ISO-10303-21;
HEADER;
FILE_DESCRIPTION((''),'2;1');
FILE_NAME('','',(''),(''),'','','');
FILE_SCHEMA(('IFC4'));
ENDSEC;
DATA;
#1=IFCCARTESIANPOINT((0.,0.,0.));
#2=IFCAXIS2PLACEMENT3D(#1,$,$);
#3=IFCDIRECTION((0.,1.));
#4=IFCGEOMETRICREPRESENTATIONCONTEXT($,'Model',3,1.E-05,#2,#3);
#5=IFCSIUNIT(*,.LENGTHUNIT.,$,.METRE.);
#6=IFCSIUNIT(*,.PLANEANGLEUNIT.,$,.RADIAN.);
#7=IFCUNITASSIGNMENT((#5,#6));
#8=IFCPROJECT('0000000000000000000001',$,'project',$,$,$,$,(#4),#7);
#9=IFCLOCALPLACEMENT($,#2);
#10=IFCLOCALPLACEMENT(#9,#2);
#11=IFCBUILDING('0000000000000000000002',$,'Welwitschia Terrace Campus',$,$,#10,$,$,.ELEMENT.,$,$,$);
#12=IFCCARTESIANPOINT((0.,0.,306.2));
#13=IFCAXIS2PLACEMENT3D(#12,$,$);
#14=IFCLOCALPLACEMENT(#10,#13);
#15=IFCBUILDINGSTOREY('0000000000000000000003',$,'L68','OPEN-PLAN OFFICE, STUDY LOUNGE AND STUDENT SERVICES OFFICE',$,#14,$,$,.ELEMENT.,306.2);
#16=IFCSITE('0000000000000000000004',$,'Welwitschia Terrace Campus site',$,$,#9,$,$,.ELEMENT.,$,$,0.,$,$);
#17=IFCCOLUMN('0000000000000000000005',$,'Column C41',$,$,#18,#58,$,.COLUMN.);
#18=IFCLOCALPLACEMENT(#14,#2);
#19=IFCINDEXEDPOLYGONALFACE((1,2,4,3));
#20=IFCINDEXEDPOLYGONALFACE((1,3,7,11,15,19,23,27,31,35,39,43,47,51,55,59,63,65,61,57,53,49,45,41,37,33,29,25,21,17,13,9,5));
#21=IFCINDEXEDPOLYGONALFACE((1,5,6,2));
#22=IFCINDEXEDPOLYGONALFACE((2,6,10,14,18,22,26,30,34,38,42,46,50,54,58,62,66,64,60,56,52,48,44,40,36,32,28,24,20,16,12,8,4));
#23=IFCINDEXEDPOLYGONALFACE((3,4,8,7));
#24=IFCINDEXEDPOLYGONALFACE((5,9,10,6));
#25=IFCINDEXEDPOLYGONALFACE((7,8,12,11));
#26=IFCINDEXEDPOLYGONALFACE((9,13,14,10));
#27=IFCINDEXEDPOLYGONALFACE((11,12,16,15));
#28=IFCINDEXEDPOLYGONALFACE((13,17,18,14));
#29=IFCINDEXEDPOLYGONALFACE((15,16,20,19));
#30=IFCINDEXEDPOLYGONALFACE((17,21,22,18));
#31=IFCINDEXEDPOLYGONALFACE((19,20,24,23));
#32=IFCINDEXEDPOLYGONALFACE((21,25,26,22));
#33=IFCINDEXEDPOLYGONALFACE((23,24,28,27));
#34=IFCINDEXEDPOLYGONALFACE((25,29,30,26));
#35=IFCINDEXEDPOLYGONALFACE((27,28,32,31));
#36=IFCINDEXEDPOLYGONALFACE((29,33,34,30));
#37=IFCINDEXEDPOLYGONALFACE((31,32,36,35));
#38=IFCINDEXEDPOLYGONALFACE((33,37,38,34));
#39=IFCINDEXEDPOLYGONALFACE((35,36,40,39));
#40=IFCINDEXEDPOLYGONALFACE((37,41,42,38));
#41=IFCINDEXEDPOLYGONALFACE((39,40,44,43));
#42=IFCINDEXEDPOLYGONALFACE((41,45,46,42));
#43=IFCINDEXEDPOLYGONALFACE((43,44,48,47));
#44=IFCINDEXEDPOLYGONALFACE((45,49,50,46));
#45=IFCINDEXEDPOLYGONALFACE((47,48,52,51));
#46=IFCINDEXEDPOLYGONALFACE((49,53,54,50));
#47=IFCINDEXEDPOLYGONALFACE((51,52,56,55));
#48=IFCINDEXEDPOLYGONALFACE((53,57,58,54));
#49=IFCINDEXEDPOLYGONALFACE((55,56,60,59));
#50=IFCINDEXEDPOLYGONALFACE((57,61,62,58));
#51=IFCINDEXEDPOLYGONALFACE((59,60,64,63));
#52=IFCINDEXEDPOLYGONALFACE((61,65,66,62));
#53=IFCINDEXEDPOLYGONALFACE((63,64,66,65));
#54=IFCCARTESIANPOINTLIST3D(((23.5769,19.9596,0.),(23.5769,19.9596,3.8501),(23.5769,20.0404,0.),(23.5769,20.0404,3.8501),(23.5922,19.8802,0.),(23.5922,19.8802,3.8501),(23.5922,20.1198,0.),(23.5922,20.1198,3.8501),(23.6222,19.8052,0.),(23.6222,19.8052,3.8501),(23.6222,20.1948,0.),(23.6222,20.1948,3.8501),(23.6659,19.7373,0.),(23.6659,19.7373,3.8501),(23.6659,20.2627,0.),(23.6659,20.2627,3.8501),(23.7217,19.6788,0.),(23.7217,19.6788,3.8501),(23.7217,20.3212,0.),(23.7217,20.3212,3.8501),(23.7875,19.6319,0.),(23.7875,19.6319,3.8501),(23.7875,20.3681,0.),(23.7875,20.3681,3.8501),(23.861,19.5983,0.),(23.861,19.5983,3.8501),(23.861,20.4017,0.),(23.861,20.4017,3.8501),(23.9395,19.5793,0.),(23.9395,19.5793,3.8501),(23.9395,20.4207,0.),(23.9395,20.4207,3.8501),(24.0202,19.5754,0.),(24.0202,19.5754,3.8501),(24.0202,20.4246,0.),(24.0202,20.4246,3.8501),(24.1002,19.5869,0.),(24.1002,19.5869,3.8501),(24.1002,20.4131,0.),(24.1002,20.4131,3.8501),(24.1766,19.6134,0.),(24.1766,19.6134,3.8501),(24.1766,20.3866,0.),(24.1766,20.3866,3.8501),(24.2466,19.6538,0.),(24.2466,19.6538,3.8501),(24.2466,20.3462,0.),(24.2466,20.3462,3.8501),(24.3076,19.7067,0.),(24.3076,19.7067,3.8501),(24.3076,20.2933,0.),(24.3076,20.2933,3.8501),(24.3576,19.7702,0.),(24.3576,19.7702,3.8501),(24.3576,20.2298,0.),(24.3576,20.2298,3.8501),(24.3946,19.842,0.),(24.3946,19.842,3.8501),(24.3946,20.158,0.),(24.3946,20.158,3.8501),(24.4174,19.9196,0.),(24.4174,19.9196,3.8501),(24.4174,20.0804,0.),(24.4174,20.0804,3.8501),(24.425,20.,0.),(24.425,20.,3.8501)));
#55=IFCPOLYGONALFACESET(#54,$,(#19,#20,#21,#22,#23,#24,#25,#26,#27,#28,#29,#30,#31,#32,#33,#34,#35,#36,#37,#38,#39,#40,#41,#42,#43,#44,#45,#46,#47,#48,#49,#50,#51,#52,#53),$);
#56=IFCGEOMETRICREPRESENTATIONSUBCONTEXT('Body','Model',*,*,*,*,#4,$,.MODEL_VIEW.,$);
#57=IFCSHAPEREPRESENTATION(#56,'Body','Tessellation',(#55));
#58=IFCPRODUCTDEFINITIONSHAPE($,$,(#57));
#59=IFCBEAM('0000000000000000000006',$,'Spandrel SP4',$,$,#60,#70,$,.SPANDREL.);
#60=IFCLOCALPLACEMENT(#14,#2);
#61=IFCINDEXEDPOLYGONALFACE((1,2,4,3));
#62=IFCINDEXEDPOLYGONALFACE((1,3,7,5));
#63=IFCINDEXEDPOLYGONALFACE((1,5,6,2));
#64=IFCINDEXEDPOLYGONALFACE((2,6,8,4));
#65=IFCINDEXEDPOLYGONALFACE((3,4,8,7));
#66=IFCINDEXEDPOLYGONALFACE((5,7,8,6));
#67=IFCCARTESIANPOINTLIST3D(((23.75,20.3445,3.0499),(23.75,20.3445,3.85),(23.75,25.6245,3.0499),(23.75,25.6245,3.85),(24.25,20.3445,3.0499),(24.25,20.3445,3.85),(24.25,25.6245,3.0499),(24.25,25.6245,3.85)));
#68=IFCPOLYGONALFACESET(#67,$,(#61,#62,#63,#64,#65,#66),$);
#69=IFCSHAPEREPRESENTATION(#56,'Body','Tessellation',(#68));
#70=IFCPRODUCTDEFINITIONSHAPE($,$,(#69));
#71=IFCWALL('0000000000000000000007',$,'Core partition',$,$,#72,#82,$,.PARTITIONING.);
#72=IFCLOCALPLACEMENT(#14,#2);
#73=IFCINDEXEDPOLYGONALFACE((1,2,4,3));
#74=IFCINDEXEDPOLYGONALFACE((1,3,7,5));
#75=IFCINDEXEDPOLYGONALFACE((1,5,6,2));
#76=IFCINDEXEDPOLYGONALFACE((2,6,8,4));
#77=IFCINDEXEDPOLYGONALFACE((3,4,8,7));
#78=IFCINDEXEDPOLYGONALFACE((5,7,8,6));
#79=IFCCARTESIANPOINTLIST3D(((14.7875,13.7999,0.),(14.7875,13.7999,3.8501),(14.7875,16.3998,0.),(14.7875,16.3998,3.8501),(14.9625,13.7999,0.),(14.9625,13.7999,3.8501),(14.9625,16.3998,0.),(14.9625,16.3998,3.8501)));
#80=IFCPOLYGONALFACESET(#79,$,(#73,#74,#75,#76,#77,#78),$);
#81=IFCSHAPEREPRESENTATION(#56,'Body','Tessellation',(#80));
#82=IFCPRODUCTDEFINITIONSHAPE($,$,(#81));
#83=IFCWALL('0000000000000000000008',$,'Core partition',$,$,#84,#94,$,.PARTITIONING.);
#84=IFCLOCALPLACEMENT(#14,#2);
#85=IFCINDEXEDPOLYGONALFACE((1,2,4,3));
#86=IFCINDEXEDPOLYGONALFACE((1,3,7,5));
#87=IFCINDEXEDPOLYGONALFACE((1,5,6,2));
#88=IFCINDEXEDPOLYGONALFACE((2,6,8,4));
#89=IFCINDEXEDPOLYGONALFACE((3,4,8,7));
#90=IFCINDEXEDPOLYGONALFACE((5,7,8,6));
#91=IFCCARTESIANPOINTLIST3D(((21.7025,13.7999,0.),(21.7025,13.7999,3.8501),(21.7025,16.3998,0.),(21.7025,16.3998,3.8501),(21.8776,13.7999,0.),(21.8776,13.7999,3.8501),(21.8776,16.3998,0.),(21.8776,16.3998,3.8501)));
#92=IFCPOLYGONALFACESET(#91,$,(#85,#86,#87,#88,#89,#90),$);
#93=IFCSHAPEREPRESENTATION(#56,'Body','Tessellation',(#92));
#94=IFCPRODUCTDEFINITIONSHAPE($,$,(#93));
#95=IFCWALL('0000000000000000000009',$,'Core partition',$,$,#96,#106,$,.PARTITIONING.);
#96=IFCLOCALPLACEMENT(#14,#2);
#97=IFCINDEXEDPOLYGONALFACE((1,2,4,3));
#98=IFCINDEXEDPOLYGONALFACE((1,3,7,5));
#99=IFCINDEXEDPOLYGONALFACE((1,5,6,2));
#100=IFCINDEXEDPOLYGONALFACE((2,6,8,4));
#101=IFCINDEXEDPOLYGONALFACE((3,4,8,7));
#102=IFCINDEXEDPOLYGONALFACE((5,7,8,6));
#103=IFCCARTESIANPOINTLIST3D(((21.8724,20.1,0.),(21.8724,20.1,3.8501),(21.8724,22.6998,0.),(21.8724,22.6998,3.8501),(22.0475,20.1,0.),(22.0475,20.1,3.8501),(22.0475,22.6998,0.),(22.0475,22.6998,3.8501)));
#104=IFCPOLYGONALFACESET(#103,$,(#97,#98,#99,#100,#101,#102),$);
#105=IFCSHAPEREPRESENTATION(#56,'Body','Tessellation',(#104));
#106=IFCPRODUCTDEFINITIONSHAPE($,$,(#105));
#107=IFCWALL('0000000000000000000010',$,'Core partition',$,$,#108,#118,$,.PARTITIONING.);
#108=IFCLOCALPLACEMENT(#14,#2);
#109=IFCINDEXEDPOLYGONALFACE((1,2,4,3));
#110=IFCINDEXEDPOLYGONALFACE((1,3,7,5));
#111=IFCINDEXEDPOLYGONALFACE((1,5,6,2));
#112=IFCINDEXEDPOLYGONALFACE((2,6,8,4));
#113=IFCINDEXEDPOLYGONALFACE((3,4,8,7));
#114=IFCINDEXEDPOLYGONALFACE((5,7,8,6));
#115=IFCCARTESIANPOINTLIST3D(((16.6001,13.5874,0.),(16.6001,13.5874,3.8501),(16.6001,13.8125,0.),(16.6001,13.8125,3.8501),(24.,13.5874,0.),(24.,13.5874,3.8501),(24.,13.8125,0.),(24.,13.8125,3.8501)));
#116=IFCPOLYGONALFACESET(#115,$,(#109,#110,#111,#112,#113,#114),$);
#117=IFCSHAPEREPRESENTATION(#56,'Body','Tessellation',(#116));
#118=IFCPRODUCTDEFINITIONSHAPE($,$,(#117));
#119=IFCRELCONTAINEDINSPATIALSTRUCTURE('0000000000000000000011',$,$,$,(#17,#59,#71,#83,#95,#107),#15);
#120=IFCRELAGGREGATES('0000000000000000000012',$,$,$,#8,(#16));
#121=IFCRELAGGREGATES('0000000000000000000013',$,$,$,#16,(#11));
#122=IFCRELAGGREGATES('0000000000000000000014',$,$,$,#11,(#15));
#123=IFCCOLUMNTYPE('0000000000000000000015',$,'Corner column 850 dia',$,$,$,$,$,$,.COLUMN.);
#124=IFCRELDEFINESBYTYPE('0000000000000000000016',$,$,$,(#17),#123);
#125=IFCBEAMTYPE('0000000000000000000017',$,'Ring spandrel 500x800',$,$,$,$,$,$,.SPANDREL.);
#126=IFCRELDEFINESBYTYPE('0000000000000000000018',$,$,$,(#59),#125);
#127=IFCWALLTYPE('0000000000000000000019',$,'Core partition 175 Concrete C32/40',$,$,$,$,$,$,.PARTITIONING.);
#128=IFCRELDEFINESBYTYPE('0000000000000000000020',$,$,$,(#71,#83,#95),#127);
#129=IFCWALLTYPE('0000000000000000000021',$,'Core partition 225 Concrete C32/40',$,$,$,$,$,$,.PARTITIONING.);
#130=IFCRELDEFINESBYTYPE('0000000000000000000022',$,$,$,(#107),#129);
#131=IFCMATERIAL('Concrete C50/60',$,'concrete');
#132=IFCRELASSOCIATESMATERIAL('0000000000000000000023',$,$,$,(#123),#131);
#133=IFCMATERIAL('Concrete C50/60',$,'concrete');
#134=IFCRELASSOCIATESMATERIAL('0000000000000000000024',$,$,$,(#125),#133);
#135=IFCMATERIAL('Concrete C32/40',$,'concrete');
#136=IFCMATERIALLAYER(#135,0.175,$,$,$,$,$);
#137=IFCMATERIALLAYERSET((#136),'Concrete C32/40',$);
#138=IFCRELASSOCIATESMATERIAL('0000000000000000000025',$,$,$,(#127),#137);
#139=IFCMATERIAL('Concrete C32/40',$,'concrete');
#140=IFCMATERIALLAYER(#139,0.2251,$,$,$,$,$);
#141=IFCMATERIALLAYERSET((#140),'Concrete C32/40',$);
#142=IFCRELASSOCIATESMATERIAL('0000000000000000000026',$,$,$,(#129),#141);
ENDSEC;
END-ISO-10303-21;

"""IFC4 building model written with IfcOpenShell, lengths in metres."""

from ifc_helpers import new_model, si_unit, direction, frame, frame_2d, origin, origin_2d, place, context, subcontext, project, spatial, rectangle, circle, extrude, material, layer, layer_set, material_profile, profile_set, type_object, element, save


model = new_model("IFC4")

# Units and contexts
model_context = context("Model", 3, precision=1e-05, world=origin(), true_north=direction((0.0, 1.0)))
body_context = subcontext(model_context, "Body", "Model", "MODEL_VIEW")
ifc_project = project(units=[si_unit("LENGTHUNIT", "METRE"), si_unit("PLANEANGLEUNIT", "RADIAN")], contexts=[model_context])

# Site, building, storey
site_placement = place(None, origin())
site = spatial("IfcSite", under=ifc_project, at=site_placement, Name="Welwitschia Terrace Campus site", CompositionType="ELEMENT", RefElevation=0.0)
building_placement = place(site_placement, origin())
building = spatial("IfcBuilding", under=site, at=building_placement, Name="Welwitschia Terrace Campus", CompositionType="ELEMENT")
storey_placement = place(building_placement, frame((0.0, 0.0, 306.2)))
storey = spatial("IfcBuildingStorey", under=building, at=storey_placement, Name="L68", Description="OPEN-PLAN OFFICE, STUDY LOUNGE AND STUDENT SERVICES OFFICE", CompositionType="ELEMENT", Elevation=306.2)

# Column
ifc_material_1 = material(Name="Concrete C50/60", Category="concrete")
ifc_material_profile_1 = material_profile(ifc_material_1, circle(Radius=0.425, at=origin_2d()))
ifc_profile_set_1 = profile_set([ifc_material_profile_1], Name="Concrete C50/60")
column_type = type_object("IfcColumnType", Name="Corner column 850 dia", PredefinedType="COLUMN", material=ifc_profile_set_1)
column_placement = place(storey_placement, frame((24.0, 20.0, 0.0), z_axis=(0.0, 0.0, 1.0), x_axis=(1.0, 0.0, 0.0)))
element("IfcColumn", 1, at=column_placement, inside=storey, type_object=column_type, Name="Column C41", PredefinedType="COLUMN", context=body_context, shape_type="SweptSolid", body=[
    extrude(circle(Radius=0.425, at=origin_2d()), origin(), (0.0, 0.0, 1.0), 3.8501),
])

# Beam
ifc_material_2 = material(Name="Concrete C50/60", Category="concrete")
ifc_material_profile_2 = material_profile(ifc_material_2, rectangle(XDim=0.5, YDim=0.8, at=origin_2d()))
ifc_profile_set_2 = profile_set([ifc_material_profile_2], Name="Concrete C50/60")
beam_type = type_object("IfcBeamType", Name="Ring spandrel 500x800", PredefinedType="SPANDREL", material=ifc_profile_set_2)
beam_placement = place(storey_placement, frame((24.0, 20.3445, 3.45), z_axis=(0.0, 1.0, 0.0), x_axis=(-1.0, 0.0, 0.0)))
element("IfcBeam", 2, at=beam_placement, inside=storey, type_object=beam_type, Name="Spandrel SP4", PredefinedType="SPANDREL", context=body_context, shape_type="SweptSolid", body=[
    extrude(rectangle(XDim=0.5, YDim=0.8, at=origin_2d()), origin(), (0.0, 0.0, 1.0), 5.28),
])

# Walls
ifc_material_3 = material(Name="Concrete C32/40", Category="concrete")
ifc_layer_1 = layer(ifc_material_3, 0.175)
ifc_layer_set_1 = layer_set([ifc_layer_1], Name="Concrete C32/40")
wall_type_1 = type_object("IfcWallType", Name="Core partition 175 Concrete C32/40", PredefinedType="PARTITIONING", material=ifc_layer_set_1)
for number, where, z_axis, x_axis, name in (
    (3, (14.875, 13.8, 0.0), (0.0, 0.0, 1.0), (0.0, 1.0, 0.0), "Core partition"),
    (4, (21.79, 13.8, 0.0), (0.0, 0.0, 1.0), (0.0, 1.0, 0.0), "Core partition"),
    (5, (21.96, 20.1001, 0.0), (0.0, 0.0, 1.0), (0.0, 1.0, 0.0), "Core partition"),
):
    element("IfcWall", number, at=place(storey_placement, frame(where, z_axis=z_axis, x_axis=x_axis)), inside=storey, type_object=wall_type_1, Name=name, PredefinedType="PARTITIONING", context=body_context, shape_type="SweptSolid", body=[
        extrude(rectangle(XDim=2.5999, YDim=0.175, at=frame_2d((1.2998, 0.0))), origin(), (0.0, 0.0, 1.0), 3.8501),
    ])
ifc_material_4 = material(Name="Concrete C32/40", Category="concrete")
ifc_layer_2 = layer(ifc_material_4, 0.2251)
ifc_layer_set_2 = layer_set([ifc_layer_2], Name="Concrete C32/40")
wall_type_2 = type_object("IfcWallType", Name="Core partition 225 Concrete C32/40", PredefinedType="PARTITIONING", material=ifc_layer_set_2)
wall_1_placement = place(storey_placement, frame((16.6001, 13.7, 0.0), z_axis=(0.0, 0.0, 1.0), x_axis=(1.0, 0.0, 0.0)))
element("IfcWall", 6, at=wall_1_placement, inside=storey, type_object=wall_type_2, Name="Core partition", PredefinedType="PARTITIONING", context=body_context, shape_type="SweptSolid", body=[
    extrude(rectangle(XDim=7.3999, YDim=0.2251, at=frame_2d((3.7, 0.0))), origin(), (0.0, 0.0, 1.0), 3.8501),
])

save(model, "model.ifc")
